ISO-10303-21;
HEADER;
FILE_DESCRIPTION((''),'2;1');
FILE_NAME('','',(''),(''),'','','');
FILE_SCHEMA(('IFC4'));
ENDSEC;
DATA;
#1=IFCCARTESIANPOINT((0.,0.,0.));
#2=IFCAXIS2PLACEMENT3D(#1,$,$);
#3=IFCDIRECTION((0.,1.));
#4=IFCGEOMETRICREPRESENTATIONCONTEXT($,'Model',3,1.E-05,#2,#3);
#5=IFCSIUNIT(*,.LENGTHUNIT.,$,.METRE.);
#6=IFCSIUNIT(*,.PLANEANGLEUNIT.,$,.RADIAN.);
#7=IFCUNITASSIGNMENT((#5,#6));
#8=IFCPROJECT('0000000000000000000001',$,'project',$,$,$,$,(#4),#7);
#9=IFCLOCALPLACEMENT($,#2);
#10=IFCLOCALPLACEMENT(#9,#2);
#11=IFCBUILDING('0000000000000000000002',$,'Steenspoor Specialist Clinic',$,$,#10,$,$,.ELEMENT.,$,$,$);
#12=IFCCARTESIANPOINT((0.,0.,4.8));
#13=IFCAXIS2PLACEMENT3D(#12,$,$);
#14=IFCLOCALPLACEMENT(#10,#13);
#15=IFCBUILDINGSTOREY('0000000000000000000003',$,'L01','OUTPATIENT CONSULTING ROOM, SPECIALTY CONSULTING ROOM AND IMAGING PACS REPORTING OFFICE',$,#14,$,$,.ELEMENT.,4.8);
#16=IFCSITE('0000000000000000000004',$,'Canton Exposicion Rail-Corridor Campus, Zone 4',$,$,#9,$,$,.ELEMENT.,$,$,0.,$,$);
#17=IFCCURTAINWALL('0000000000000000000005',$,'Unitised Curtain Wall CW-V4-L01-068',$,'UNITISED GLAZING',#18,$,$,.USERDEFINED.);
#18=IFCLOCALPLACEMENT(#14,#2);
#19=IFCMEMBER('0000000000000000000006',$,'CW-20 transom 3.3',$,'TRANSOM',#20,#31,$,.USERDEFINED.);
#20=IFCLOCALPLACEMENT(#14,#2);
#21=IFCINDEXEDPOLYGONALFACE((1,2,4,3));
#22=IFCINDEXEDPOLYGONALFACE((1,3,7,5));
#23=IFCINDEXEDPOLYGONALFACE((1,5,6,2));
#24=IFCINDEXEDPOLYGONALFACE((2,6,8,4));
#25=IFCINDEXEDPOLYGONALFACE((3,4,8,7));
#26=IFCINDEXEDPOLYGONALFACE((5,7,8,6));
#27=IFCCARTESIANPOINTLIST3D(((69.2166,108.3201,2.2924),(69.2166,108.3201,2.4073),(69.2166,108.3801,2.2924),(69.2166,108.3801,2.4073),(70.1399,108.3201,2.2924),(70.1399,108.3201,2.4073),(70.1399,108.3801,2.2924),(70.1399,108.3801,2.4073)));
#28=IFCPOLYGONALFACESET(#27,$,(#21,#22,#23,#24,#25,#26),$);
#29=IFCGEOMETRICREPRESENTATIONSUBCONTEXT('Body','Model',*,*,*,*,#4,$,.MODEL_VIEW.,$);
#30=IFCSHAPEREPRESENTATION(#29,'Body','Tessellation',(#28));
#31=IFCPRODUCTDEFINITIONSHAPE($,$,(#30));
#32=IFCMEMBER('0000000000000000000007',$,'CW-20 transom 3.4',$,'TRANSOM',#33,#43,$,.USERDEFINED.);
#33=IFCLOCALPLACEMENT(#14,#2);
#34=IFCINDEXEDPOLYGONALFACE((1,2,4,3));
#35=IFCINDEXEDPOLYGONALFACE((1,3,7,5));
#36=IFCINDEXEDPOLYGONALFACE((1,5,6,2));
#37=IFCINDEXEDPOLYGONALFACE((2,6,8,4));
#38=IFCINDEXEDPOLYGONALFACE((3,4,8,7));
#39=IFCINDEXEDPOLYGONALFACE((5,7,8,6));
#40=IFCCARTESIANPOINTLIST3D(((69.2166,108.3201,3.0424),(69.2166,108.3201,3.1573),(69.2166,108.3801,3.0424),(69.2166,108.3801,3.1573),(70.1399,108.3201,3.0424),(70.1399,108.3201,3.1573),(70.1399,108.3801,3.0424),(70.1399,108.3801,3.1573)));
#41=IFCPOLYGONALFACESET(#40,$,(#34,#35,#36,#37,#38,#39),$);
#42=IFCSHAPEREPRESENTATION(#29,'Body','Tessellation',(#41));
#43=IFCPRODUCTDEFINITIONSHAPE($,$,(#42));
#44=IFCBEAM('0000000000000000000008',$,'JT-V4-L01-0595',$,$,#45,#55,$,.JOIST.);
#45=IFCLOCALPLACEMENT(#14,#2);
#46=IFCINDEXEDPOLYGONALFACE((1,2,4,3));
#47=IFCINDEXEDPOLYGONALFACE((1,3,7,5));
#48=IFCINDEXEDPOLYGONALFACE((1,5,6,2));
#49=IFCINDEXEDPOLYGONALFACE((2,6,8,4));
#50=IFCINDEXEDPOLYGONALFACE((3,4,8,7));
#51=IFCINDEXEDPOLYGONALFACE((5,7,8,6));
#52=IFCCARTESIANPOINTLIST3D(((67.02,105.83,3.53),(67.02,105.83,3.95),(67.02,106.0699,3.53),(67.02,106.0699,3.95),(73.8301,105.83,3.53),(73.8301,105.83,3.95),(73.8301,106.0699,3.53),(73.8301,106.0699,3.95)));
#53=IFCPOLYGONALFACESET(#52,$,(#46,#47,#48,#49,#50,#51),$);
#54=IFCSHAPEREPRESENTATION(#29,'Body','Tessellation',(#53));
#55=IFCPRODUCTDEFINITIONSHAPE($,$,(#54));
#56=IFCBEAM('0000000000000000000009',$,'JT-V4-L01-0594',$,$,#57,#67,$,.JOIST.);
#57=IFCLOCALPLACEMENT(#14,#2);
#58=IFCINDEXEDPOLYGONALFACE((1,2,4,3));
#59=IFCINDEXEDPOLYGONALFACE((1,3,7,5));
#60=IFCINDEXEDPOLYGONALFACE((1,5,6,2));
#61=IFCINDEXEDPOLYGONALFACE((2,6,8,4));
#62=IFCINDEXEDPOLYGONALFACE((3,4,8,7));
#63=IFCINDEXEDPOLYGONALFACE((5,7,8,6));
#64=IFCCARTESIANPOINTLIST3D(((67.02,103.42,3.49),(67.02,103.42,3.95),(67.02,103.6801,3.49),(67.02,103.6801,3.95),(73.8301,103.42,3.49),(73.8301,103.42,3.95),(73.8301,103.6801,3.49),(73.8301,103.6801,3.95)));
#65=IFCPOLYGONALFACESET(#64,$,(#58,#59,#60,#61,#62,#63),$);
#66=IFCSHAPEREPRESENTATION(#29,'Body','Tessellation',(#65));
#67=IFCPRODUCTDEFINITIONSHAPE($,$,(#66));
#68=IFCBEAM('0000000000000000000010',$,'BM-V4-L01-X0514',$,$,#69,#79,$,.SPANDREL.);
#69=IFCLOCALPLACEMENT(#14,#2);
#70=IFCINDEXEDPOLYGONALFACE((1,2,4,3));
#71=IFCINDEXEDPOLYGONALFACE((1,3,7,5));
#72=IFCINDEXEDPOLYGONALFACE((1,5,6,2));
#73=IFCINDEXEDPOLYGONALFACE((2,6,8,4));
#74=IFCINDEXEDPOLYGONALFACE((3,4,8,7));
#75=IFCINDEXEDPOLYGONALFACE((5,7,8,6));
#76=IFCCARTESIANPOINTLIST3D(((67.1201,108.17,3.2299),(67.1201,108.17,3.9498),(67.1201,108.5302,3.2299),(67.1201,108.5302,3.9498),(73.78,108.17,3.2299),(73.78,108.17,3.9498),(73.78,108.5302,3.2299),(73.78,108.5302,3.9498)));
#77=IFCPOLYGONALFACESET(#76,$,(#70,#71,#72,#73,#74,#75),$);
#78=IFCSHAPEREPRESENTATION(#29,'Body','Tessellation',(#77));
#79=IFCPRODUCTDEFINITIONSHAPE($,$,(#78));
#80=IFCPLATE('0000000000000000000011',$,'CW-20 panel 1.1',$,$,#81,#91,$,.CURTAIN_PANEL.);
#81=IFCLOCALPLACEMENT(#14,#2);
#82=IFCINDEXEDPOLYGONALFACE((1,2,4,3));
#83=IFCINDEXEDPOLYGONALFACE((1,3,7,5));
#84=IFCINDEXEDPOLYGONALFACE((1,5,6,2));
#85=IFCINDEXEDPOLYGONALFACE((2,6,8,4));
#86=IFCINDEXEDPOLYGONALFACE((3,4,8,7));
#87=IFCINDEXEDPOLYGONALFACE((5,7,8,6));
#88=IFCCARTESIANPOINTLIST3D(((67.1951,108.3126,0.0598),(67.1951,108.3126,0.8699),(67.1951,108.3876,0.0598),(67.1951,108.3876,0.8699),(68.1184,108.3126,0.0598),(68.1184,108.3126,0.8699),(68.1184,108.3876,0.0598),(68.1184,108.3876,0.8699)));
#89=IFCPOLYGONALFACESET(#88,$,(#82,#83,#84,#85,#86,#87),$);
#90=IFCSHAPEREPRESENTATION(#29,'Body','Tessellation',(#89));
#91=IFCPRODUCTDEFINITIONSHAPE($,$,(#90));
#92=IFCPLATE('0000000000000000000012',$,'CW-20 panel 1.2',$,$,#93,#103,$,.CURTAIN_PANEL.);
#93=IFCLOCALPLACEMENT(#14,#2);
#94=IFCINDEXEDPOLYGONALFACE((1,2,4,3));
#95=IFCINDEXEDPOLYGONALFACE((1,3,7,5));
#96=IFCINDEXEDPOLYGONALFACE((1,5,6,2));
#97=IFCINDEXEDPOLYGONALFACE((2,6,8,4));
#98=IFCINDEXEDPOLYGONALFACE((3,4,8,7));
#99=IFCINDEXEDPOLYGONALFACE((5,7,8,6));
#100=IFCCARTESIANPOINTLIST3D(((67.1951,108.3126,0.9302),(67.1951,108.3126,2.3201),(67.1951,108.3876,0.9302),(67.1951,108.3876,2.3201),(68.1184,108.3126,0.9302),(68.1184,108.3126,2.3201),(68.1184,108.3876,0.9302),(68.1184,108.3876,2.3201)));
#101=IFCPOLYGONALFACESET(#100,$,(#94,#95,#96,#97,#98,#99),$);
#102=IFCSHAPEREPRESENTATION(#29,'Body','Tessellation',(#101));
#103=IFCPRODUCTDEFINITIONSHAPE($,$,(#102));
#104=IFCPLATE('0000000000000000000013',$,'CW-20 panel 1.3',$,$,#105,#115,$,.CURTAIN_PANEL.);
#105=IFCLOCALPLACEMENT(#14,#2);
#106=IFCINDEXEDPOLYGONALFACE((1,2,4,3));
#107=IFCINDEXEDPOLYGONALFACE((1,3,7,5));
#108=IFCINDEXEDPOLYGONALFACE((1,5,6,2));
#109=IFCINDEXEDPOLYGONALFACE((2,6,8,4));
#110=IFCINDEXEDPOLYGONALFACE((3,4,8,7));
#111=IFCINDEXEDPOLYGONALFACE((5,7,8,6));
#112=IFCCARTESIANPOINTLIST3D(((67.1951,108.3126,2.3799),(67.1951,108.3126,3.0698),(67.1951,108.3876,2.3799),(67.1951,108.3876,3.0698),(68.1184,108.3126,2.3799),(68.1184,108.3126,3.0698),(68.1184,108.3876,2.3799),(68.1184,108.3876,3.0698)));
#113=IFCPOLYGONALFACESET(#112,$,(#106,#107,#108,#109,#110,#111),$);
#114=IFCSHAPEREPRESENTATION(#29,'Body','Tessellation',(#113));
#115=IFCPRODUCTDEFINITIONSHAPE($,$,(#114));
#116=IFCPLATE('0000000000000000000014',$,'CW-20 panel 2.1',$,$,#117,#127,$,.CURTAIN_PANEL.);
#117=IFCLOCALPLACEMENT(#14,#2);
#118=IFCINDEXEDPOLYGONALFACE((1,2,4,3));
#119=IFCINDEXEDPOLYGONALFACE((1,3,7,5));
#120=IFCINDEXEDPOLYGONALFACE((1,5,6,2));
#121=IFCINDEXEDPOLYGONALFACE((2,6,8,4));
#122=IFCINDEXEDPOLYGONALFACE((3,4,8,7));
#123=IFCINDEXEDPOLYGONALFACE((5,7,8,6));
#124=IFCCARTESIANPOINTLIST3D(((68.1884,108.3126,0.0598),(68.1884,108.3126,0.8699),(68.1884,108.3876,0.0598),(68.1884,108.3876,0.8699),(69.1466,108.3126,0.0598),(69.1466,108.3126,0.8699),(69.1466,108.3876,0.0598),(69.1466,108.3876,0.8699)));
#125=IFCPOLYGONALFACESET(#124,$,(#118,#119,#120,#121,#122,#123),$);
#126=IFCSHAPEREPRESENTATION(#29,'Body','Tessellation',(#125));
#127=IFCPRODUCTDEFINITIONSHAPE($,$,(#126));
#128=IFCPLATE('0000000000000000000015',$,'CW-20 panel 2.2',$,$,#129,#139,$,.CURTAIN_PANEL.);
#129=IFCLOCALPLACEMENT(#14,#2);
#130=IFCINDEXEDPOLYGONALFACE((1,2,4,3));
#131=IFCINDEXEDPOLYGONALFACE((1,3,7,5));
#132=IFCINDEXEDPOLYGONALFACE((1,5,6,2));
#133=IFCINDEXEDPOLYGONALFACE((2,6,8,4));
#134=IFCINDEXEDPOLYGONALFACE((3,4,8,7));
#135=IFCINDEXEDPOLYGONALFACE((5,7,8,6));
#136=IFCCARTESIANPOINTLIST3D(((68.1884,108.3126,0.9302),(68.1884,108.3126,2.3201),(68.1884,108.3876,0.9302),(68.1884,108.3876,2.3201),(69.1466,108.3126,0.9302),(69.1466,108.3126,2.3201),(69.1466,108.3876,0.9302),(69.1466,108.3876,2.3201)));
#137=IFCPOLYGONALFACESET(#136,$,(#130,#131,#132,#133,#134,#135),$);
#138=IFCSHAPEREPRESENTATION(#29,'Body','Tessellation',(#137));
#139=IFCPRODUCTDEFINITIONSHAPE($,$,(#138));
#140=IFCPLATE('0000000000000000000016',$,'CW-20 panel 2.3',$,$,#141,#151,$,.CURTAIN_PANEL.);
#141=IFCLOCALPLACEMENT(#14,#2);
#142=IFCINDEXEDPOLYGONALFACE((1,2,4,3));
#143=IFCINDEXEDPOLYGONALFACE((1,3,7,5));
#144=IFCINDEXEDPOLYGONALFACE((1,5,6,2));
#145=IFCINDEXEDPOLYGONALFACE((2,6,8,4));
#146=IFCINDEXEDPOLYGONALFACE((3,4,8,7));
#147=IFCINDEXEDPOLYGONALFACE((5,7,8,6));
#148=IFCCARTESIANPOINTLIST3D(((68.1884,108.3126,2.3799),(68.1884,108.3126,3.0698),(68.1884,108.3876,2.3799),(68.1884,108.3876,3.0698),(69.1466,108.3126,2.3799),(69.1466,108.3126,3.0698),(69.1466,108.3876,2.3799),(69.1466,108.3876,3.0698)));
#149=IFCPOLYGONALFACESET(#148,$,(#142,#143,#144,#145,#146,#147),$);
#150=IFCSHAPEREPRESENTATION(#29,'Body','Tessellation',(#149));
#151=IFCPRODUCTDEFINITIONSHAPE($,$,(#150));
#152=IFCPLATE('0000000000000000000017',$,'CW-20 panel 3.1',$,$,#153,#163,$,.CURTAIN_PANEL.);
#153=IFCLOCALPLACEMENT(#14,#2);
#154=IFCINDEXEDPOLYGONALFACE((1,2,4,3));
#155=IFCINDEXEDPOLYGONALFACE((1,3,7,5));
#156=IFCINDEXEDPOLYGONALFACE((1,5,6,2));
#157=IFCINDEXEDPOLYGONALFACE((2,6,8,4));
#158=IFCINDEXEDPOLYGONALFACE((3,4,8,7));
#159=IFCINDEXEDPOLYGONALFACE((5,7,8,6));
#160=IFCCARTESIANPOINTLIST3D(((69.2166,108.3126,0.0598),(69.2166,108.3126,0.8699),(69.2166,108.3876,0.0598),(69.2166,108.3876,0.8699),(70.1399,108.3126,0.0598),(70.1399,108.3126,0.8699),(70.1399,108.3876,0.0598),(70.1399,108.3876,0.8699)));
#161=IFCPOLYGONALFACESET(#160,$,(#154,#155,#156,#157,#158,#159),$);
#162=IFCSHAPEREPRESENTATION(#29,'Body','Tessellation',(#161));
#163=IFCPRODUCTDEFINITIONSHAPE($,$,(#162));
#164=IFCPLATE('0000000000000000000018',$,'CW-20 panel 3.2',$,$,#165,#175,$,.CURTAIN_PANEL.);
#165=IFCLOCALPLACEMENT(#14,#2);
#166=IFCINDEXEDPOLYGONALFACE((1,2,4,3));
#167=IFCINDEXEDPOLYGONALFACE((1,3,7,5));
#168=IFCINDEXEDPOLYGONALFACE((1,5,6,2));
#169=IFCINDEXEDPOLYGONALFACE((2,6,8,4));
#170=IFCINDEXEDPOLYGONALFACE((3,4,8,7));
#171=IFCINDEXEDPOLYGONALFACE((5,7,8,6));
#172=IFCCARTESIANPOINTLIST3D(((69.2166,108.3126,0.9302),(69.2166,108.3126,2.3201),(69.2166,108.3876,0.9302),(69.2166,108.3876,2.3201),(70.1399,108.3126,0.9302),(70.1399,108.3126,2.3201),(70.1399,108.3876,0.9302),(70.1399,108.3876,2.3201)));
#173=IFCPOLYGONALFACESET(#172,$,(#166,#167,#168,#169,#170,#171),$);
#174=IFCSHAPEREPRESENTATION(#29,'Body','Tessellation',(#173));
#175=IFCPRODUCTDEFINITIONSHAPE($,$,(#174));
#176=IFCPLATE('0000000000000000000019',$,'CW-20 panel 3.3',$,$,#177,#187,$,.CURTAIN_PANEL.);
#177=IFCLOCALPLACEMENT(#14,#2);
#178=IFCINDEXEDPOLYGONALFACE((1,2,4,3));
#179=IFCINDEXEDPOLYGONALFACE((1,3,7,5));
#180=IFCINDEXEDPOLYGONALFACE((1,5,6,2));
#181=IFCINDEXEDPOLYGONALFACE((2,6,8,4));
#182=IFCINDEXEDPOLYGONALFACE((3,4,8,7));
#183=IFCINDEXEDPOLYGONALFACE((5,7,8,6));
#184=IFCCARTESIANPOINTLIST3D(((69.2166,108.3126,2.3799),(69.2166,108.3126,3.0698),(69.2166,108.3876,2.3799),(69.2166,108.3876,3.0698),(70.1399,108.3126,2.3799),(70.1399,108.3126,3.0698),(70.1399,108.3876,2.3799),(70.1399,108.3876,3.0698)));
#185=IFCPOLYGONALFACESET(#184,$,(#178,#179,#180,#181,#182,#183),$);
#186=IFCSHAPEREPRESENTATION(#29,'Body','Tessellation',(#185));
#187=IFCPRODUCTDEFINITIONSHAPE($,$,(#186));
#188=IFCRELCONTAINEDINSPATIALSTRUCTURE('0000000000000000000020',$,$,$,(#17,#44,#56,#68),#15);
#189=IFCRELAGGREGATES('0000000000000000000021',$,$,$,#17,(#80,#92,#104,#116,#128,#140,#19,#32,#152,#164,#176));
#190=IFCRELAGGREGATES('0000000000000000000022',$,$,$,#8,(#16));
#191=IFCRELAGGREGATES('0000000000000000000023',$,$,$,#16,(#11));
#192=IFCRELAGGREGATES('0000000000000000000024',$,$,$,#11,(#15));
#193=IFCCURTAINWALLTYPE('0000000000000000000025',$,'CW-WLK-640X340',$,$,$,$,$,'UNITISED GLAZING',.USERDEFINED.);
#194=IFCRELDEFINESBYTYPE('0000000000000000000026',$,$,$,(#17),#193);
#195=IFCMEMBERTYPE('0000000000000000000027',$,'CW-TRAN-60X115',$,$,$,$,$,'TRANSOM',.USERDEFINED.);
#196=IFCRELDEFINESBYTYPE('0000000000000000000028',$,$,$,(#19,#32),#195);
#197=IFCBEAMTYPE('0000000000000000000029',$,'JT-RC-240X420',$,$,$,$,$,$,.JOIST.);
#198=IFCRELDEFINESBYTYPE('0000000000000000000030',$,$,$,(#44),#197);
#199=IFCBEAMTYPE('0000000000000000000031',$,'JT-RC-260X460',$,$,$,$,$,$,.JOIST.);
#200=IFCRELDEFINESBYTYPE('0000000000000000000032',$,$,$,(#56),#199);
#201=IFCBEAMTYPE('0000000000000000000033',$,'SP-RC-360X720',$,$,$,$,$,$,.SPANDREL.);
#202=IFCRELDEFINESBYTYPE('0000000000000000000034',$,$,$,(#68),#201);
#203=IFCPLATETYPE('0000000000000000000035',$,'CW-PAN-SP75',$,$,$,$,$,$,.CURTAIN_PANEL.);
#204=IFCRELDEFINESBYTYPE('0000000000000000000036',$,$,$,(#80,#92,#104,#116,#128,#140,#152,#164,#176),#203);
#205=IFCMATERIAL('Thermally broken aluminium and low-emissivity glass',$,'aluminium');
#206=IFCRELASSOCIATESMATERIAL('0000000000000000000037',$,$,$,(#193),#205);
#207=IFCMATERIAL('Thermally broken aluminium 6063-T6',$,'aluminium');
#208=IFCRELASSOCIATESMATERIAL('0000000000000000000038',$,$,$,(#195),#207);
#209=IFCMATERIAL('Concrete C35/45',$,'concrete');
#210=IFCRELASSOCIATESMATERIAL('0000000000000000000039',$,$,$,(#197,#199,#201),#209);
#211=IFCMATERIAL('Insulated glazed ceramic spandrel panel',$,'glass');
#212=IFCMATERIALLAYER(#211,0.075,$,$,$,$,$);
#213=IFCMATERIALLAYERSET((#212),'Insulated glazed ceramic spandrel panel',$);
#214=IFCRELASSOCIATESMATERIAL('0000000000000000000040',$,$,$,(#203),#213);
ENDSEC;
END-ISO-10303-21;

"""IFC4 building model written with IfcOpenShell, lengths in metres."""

from ifc_helpers import new_model, si_unit, direction, frame, origin, origin_2d, place, context, subcontext, project, spatial, rectangle, extrude, material, layer, layer_set, material_profile, profile_set, type_object, element, aggregate, save


model = new_model("IFC4")

# Units and contexts
model_context = context("Model", 3, precision=1e-05, world=origin(), true_north=direction((0.0, 1.0)))
body_context = subcontext(model_context, "Body", "Model", "MODEL_VIEW")
ifc_project = project(units=[si_unit("LENGTHUNIT", "METRE"), si_unit("PLANEANGLEUNIT", "RADIAN")], contexts=[model_context])

# Site, building, storey
site_placement = place(None, origin())
site = spatial("IfcSite", under=ifc_project, at=site_placement, Name="Canton Exposicion Rail-Corridor Campus, Zone 4", CompositionType="ELEMENT", RefElevation=0.0)
building_placement = place(site_placement, origin())
building = spatial("IfcBuilding", under=site, at=building_placement, Name="Steenspoor Specialist Clinic", CompositionType="ELEMENT")
storey_placement = place(building_placement, frame((0.0, 0.0, 4.8)))
storey = spatial("IfcBuildingStorey", under=building, at=storey_placement, Name="L01", Description="OUTPATIENT CONSULTING ROOM, SPECIALTY CONSULTING ROOM AND IMAGING PACS REPORTING OFFICE", CompositionType="ELEMENT", Elevation=4.8)

# Curtain wall, members
ifc_material_1 = material(Name="Thermally broken aluminium and low-emissivity glass", Category="aluminium")
curtain_wall_type = type_object("IfcCurtainWallType", Name="CW-WLK-640X340", ElementType="UNITISED GLAZING", PredefinedType="USERDEFINED", material=ifc_material_1)
curtain_wall_placement = place(storey_placement, origin())
curtain_wall = element("IfcCurtainWall", 1, at=curtain_wall_placement, inside=storey, type_object=curtain_wall_type, Name="Unitised Curtain Wall CW-V4-L01-068", ObjectType="UNITISED GLAZING", PredefinedType="USERDEFINED")
ifc_material_2 = material(Name="Thermally broken aluminium 6063-T6", Category="aluminium")
ifc_material_profile_1 = material_profile(ifc_material_2, rectangle(XDim=0.0601, YDim=0.115, at=origin_2d()), Name="CWT-60X115")
ifc_profile_set_1 = profile_set([ifc_material_profile_1], Name="Thermally broken aluminium 6063-T6")
member_type_1 = type_object("IfcMemberType", Name="CW-TRAN-60X115", ElementType="TRANSOM", PredefinedType="USERDEFINED", material=ifc_profile_set_1)
member_1_placement = place(storey_placement, frame((69.2166, 108.3501, 2.3499), z_axis=(1.0, 0.0, 0.0), x_axis=(0.0, 1.0, 0.0)))
member_1 = element("IfcMember", 2, at=member_1_placement, type_object=member_type_1, Name="CW-20 transom 3.3", ObjectType="TRANSOM", PredefinedType="USERDEFINED", context=body_context, shape_type="SweptSolid", body=[
    extrude(rectangle(XDim=0.0601, YDim=0.115, at=origin_2d()), origin(), (0.0, 0.0, 1.0), 0.9233),
])
member_2_placement = place(storey_placement, frame((69.2166, 108.3501, 3.0999), z_axis=(1.0, 0.0, 0.0), x_axis=(0.0, 1.0, 0.0)))
member_2 = element("IfcMember", 3, at=member_2_placement, type_object=member_type_1, Name="CW-20 transom 3.4", ObjectType="TRANSOM", PredefinedType="USERDEFINED", context=body_context, shape_type="SweptSolid", body=[
    extrude(rectangle(XDim=0.0601, YDim=0.115, at=origin_2d()), origin(), (0.0, 0.0, 1.0), 0.9233),
])

# Beams
ifc_material_3 = material(Name="Concrete C35/45", Category="concrete")
ifc_material_profile_2 = material_profile(ifc_material_3, rectangle(XDim=0.24, YDim=0.4199, at=origin_2d()), Name="RC-JT-240X420")
ifc_profile_set_2 = profile_set([ifc_material_profile_2], Name="Concrete C35/45")
beam_type_1 = type_object("IfcBeamType", Name="JT-RC-240X420", PredefinedType="JOIST", material=ifc_profile_set_2)
beam_1_placement = place(storey_placement, frame((67.02, 105.95, 3.74), z_axis=(1.0, 0.0, 0.0), x_axis=(0.0, 1.0, 0.0)))
element("IfcBeam", 4, at=beam_1_placement, inside=storey, type_object=beam_type_1, Name="JT-V4-L01-0595", PredefinedType="JOIST", context=body_context, shape_type="SweptSolid", body=[
    extrude(rectangle(XDim=0.24, YDim=0.4199, at=origin_2d()), origin(), (0.0, 0.0, 1.0), 6.8101),
])
ifc_material_profile_3 = material_profile(ifc_material_3, rectangle(XDim=0.26, YDim=0.46, at=origin_2d()), Name="RC-JT-260X460")
ifc_profile_set_3 = profile_set([ifc_material_profile_3], Name="Concrete C35/45")
beam_type_2 = type_object("IfcBeamType", Name="JT-RC-260X460", PredefinedType="JOIST", material=ifc_profile_set_3)
beam_2_placement = place(storey_placement, frame((67.02, 103.55, 3.72), z_axis=(1.0, 0.0, 0.0), x_axis=(0.0, 1.0, 0.0)))
element("IfcBeam", 5, at=beam_2_placement, inside=storey, type_object=beam_type_2, Name="JT-V4-L01-0594", PredefinedType="JOIST", context=body_context, shape_type="SweptSolid", body=[
    extrude(rectangle(XDim=0.26, YDim=0.46, at=origin_2d()), origin(), (0.0, 0.0, 1.0), 6.8101),
])
ifc_material_profile_4 = material_profile(ifc_material_3, rectangle(XDim=0.3601, YDim=0.72, at=origin_2d()), Name="RC-SP-360X720")
ifc_profile_set_4 = profile_set([ifc_material_profile_4], Name="Concrete C35/45")
beam_type_3 = type_object("IfcBeamType", Name="SP-RC-360X720", PredefinedType="SPANDREL", material=ifc_profile_set_4)
beam_3_placement = place(storey_placement, frame((67.1201, 108.3501, 3.5898), z_axis=(1.0, 0.0, 0.0), x_axis=(0.0, 1.0, 0.0)))
element("IfcBeam", 6, at=beam_3_placement, inside=storey, type_object=beam_type_3, Name="BM-V4-L01-X0514", PredefinedType="SPANDREL", context=body_context, shape_type="SweptSolid", body=[
    extrude(rectangle(XDim=0.3601, YDim=0.72, at=origin_2d()), origin(), (0.0, 0.0, 1.0), 6.6599),
])

# Plates
ifc_material_4 = material(Name="Insulated glazed ceramic spandrel panel", Category="glass")
ifc_layer_1 = layer(ifc_material_4, 0.075)
ifc_layer_set_1 = layer_set([ifc_layer_1], Name="Insulated glazed ceramic spandrel panel")
plate_type = type_object("IfcPlateType", Name="CW-PAN-SP75", PredefinedType="CURTAIN_PANEL", material=ifc_layer_set_1)
plate_1_placement = place(storey_placement, frame((67.6567, 108.3501, 0.0598), z_axis=(0.0, 0.0, 1.0), x_axis=(1.0, 0.0, 0.0)))
plate_1 = element("IfcPlate", 7, at=plate_1_placement, type_object=plate_type, Name="CW-20 panel 1.1", PredefinedType="CURTAIN_PANEL", context=body_context, shape_type="SweptSolid", body=[
    extrude(rectangle(XDim=0.9233, YDim=0.075, at=origin_2d()), origin(), (0.0, 0.0, 1.0), 0.8101),
])
plate_2_placement = place(storey_placement, frame((67.6567, 108.3501, 0.9302), z_axis=(0.0, 0.0, 1.0), x_axis=(1.0, 0.0, 0.0)))
plate_2 = element("IfcPlate", 8, at=plate_2_placement, type_object=plate_type, Name="CW-20 panel 1.2", PredefinedType="CURTAIN_PANEL", context=body_context, shape_type="SweptSolid", body=[
    extrude(rectangle(XDim=0.9233, YDim=0.075, at=origin_2d()), origin(), (0.0, 0.0, 1.0), 1.3899),
])
plate_3_placement = place(storey_placement, frame((67.6567, 108.3501, 2.3799), z_axis=(0.0, 0.0, 1.0), x_axis=(1.0, 0.0, 0.0)))
plate_3 = element("IfcPlate", 9, at=plate_3_placement, type_object=plate_type, Name="CW-20 panel 1.3", PredefinedType="CURTAIN_PANEL", context=body_context, shape_type="SweptSolid", body=[
    extrude(rectangle(XDim=0.9233, YDim=0.075, at=origin_2d()), origin(), (0.0, 0.0, 1.0), 0.6899),
])
plate_4_placement = place(storey_placement, frame((68.6675, 108.3501, 0.0598), z_axis=(0.0, 0.0, 1.0), x_axis=(1.0, 0.0, 0.0)))
plate_4 = element("IfcPlate", 10, at=plate_4_placement, type_object=plate_type, Name="CW-20 panel 2.1", PredefinedType="CURTAIN_PANEL", context=body_context, shape_type="SweptSolid", body=[
    extrude(rectangle(XDim=0.9583, YDim=0.075, at=origin_2d()), origin(), (0.0, 0.0, 1.0), 0.8101),
])
plate_5_placement = place(storey_placement, frame((68.6675, 108.3501, 0.9302), z_axis=(0.0, 0.0, 1.0), x_axis=(1.0, 0.0, 0.0)))
plate_5 = element("IfcPlate", 11, at=plate_5_placement, type_object=plate_type, Name="CW-20 panel 2.2", PredefinedType="CURTAIN_PANEL", context=body_context, shape_type="SweptSolid", body=[
    extrude(rectangle(XDim=0.9583, YDim=0.075, at=origin_2d()), origin(), (0.0, 0.0, 1.0), 1.3899),
])
plate_6_placement = place(storey_placement, frame((68.6675, 108.3501, 2.3799), z_axis=(0.0, 0.0, 1.0), x_axis=(1.0, 0.0, 0.0)))
plate_6 = element("IfcPlate", 12, at=plate_6_placement, type_object=plate_type, Name="CW-20 panel 2.3", PredefinedType="CURTAIN_PANEL", context=body_context, shape_type="SweptSolid", body=[
    extrude(rectangle(XDim=0.9583, YDim=0.075, at=origin_2d()), origin(), (0.0, 0.0, 1.0), 0.6899),
])
plate_7_placement = place(storey_placement, frame((69.6782, 108.3501, 0.0598), z_axis=(0.0, 0.0, 1.0), x_axis=(1.0, 0.0, 0.0)))
plate_7 = element("IfcPlate", 13, at=plate_7_placement, type_object=plate_type, Name="CW-20 panel 3.1", PredefinedType="CURTAIN_PANEL", context=body_context, shape_type="SweptSolid", body=[
    extrude(rectangle(XDim=0.9233, YDim=0.075, at=origin_2d()), origin(), (0.0, 0.0, 1.0), 0.8101),
])
plate_8_placement = place(storey_placement, frame((69.6782, 108.3501, 0.9302), z_axis=(0.0, 0.0, 1.0), x_axis=(1.0, 0.0, 0.0)))
plate_8 = element("IfcPlate", 14, at=plate_8_placement, type_object=plate_type, Name="CW-20 panel 3.2", PredefinedType="CURTAIN_PANEL", context=body_context, shape_type="SweptSolid", body=[
    extrude(rectangle(XDim=0.9233, YDim=0.075, at=origin_2d()), origin(), (0.0, 0.0, 1.0), 1.3899),
])
plate_9_placement = place(storey_placement, frame((69.6782, 108.3501, 2.3799), z_axis=(0.0, 0.0, 1.0), x_axis=(1.0, 0.0, 0.0)))
plate_9 = element("IfcPlate", 15, at=plate_9_placement, type_object=plate_type, Name="CW-20 panel 3.3", PredefinedType="CURTAIN_PANEL", context=body_context, shape_type="SweptSolid", body=[
    extrude(rectangle(XDim=0.9233, YDim=0.075, at=origin_2d()), origin(), (0.0, 0.0, 1.0), 0.6899),
])
aggregate(curtain_wall, [plate_1, plate_2, plate_3, plate_4, plate_5, plate_6, member_1, member_2, plate_7, plate_8, plate_9])

save(model, "model.ifc")
